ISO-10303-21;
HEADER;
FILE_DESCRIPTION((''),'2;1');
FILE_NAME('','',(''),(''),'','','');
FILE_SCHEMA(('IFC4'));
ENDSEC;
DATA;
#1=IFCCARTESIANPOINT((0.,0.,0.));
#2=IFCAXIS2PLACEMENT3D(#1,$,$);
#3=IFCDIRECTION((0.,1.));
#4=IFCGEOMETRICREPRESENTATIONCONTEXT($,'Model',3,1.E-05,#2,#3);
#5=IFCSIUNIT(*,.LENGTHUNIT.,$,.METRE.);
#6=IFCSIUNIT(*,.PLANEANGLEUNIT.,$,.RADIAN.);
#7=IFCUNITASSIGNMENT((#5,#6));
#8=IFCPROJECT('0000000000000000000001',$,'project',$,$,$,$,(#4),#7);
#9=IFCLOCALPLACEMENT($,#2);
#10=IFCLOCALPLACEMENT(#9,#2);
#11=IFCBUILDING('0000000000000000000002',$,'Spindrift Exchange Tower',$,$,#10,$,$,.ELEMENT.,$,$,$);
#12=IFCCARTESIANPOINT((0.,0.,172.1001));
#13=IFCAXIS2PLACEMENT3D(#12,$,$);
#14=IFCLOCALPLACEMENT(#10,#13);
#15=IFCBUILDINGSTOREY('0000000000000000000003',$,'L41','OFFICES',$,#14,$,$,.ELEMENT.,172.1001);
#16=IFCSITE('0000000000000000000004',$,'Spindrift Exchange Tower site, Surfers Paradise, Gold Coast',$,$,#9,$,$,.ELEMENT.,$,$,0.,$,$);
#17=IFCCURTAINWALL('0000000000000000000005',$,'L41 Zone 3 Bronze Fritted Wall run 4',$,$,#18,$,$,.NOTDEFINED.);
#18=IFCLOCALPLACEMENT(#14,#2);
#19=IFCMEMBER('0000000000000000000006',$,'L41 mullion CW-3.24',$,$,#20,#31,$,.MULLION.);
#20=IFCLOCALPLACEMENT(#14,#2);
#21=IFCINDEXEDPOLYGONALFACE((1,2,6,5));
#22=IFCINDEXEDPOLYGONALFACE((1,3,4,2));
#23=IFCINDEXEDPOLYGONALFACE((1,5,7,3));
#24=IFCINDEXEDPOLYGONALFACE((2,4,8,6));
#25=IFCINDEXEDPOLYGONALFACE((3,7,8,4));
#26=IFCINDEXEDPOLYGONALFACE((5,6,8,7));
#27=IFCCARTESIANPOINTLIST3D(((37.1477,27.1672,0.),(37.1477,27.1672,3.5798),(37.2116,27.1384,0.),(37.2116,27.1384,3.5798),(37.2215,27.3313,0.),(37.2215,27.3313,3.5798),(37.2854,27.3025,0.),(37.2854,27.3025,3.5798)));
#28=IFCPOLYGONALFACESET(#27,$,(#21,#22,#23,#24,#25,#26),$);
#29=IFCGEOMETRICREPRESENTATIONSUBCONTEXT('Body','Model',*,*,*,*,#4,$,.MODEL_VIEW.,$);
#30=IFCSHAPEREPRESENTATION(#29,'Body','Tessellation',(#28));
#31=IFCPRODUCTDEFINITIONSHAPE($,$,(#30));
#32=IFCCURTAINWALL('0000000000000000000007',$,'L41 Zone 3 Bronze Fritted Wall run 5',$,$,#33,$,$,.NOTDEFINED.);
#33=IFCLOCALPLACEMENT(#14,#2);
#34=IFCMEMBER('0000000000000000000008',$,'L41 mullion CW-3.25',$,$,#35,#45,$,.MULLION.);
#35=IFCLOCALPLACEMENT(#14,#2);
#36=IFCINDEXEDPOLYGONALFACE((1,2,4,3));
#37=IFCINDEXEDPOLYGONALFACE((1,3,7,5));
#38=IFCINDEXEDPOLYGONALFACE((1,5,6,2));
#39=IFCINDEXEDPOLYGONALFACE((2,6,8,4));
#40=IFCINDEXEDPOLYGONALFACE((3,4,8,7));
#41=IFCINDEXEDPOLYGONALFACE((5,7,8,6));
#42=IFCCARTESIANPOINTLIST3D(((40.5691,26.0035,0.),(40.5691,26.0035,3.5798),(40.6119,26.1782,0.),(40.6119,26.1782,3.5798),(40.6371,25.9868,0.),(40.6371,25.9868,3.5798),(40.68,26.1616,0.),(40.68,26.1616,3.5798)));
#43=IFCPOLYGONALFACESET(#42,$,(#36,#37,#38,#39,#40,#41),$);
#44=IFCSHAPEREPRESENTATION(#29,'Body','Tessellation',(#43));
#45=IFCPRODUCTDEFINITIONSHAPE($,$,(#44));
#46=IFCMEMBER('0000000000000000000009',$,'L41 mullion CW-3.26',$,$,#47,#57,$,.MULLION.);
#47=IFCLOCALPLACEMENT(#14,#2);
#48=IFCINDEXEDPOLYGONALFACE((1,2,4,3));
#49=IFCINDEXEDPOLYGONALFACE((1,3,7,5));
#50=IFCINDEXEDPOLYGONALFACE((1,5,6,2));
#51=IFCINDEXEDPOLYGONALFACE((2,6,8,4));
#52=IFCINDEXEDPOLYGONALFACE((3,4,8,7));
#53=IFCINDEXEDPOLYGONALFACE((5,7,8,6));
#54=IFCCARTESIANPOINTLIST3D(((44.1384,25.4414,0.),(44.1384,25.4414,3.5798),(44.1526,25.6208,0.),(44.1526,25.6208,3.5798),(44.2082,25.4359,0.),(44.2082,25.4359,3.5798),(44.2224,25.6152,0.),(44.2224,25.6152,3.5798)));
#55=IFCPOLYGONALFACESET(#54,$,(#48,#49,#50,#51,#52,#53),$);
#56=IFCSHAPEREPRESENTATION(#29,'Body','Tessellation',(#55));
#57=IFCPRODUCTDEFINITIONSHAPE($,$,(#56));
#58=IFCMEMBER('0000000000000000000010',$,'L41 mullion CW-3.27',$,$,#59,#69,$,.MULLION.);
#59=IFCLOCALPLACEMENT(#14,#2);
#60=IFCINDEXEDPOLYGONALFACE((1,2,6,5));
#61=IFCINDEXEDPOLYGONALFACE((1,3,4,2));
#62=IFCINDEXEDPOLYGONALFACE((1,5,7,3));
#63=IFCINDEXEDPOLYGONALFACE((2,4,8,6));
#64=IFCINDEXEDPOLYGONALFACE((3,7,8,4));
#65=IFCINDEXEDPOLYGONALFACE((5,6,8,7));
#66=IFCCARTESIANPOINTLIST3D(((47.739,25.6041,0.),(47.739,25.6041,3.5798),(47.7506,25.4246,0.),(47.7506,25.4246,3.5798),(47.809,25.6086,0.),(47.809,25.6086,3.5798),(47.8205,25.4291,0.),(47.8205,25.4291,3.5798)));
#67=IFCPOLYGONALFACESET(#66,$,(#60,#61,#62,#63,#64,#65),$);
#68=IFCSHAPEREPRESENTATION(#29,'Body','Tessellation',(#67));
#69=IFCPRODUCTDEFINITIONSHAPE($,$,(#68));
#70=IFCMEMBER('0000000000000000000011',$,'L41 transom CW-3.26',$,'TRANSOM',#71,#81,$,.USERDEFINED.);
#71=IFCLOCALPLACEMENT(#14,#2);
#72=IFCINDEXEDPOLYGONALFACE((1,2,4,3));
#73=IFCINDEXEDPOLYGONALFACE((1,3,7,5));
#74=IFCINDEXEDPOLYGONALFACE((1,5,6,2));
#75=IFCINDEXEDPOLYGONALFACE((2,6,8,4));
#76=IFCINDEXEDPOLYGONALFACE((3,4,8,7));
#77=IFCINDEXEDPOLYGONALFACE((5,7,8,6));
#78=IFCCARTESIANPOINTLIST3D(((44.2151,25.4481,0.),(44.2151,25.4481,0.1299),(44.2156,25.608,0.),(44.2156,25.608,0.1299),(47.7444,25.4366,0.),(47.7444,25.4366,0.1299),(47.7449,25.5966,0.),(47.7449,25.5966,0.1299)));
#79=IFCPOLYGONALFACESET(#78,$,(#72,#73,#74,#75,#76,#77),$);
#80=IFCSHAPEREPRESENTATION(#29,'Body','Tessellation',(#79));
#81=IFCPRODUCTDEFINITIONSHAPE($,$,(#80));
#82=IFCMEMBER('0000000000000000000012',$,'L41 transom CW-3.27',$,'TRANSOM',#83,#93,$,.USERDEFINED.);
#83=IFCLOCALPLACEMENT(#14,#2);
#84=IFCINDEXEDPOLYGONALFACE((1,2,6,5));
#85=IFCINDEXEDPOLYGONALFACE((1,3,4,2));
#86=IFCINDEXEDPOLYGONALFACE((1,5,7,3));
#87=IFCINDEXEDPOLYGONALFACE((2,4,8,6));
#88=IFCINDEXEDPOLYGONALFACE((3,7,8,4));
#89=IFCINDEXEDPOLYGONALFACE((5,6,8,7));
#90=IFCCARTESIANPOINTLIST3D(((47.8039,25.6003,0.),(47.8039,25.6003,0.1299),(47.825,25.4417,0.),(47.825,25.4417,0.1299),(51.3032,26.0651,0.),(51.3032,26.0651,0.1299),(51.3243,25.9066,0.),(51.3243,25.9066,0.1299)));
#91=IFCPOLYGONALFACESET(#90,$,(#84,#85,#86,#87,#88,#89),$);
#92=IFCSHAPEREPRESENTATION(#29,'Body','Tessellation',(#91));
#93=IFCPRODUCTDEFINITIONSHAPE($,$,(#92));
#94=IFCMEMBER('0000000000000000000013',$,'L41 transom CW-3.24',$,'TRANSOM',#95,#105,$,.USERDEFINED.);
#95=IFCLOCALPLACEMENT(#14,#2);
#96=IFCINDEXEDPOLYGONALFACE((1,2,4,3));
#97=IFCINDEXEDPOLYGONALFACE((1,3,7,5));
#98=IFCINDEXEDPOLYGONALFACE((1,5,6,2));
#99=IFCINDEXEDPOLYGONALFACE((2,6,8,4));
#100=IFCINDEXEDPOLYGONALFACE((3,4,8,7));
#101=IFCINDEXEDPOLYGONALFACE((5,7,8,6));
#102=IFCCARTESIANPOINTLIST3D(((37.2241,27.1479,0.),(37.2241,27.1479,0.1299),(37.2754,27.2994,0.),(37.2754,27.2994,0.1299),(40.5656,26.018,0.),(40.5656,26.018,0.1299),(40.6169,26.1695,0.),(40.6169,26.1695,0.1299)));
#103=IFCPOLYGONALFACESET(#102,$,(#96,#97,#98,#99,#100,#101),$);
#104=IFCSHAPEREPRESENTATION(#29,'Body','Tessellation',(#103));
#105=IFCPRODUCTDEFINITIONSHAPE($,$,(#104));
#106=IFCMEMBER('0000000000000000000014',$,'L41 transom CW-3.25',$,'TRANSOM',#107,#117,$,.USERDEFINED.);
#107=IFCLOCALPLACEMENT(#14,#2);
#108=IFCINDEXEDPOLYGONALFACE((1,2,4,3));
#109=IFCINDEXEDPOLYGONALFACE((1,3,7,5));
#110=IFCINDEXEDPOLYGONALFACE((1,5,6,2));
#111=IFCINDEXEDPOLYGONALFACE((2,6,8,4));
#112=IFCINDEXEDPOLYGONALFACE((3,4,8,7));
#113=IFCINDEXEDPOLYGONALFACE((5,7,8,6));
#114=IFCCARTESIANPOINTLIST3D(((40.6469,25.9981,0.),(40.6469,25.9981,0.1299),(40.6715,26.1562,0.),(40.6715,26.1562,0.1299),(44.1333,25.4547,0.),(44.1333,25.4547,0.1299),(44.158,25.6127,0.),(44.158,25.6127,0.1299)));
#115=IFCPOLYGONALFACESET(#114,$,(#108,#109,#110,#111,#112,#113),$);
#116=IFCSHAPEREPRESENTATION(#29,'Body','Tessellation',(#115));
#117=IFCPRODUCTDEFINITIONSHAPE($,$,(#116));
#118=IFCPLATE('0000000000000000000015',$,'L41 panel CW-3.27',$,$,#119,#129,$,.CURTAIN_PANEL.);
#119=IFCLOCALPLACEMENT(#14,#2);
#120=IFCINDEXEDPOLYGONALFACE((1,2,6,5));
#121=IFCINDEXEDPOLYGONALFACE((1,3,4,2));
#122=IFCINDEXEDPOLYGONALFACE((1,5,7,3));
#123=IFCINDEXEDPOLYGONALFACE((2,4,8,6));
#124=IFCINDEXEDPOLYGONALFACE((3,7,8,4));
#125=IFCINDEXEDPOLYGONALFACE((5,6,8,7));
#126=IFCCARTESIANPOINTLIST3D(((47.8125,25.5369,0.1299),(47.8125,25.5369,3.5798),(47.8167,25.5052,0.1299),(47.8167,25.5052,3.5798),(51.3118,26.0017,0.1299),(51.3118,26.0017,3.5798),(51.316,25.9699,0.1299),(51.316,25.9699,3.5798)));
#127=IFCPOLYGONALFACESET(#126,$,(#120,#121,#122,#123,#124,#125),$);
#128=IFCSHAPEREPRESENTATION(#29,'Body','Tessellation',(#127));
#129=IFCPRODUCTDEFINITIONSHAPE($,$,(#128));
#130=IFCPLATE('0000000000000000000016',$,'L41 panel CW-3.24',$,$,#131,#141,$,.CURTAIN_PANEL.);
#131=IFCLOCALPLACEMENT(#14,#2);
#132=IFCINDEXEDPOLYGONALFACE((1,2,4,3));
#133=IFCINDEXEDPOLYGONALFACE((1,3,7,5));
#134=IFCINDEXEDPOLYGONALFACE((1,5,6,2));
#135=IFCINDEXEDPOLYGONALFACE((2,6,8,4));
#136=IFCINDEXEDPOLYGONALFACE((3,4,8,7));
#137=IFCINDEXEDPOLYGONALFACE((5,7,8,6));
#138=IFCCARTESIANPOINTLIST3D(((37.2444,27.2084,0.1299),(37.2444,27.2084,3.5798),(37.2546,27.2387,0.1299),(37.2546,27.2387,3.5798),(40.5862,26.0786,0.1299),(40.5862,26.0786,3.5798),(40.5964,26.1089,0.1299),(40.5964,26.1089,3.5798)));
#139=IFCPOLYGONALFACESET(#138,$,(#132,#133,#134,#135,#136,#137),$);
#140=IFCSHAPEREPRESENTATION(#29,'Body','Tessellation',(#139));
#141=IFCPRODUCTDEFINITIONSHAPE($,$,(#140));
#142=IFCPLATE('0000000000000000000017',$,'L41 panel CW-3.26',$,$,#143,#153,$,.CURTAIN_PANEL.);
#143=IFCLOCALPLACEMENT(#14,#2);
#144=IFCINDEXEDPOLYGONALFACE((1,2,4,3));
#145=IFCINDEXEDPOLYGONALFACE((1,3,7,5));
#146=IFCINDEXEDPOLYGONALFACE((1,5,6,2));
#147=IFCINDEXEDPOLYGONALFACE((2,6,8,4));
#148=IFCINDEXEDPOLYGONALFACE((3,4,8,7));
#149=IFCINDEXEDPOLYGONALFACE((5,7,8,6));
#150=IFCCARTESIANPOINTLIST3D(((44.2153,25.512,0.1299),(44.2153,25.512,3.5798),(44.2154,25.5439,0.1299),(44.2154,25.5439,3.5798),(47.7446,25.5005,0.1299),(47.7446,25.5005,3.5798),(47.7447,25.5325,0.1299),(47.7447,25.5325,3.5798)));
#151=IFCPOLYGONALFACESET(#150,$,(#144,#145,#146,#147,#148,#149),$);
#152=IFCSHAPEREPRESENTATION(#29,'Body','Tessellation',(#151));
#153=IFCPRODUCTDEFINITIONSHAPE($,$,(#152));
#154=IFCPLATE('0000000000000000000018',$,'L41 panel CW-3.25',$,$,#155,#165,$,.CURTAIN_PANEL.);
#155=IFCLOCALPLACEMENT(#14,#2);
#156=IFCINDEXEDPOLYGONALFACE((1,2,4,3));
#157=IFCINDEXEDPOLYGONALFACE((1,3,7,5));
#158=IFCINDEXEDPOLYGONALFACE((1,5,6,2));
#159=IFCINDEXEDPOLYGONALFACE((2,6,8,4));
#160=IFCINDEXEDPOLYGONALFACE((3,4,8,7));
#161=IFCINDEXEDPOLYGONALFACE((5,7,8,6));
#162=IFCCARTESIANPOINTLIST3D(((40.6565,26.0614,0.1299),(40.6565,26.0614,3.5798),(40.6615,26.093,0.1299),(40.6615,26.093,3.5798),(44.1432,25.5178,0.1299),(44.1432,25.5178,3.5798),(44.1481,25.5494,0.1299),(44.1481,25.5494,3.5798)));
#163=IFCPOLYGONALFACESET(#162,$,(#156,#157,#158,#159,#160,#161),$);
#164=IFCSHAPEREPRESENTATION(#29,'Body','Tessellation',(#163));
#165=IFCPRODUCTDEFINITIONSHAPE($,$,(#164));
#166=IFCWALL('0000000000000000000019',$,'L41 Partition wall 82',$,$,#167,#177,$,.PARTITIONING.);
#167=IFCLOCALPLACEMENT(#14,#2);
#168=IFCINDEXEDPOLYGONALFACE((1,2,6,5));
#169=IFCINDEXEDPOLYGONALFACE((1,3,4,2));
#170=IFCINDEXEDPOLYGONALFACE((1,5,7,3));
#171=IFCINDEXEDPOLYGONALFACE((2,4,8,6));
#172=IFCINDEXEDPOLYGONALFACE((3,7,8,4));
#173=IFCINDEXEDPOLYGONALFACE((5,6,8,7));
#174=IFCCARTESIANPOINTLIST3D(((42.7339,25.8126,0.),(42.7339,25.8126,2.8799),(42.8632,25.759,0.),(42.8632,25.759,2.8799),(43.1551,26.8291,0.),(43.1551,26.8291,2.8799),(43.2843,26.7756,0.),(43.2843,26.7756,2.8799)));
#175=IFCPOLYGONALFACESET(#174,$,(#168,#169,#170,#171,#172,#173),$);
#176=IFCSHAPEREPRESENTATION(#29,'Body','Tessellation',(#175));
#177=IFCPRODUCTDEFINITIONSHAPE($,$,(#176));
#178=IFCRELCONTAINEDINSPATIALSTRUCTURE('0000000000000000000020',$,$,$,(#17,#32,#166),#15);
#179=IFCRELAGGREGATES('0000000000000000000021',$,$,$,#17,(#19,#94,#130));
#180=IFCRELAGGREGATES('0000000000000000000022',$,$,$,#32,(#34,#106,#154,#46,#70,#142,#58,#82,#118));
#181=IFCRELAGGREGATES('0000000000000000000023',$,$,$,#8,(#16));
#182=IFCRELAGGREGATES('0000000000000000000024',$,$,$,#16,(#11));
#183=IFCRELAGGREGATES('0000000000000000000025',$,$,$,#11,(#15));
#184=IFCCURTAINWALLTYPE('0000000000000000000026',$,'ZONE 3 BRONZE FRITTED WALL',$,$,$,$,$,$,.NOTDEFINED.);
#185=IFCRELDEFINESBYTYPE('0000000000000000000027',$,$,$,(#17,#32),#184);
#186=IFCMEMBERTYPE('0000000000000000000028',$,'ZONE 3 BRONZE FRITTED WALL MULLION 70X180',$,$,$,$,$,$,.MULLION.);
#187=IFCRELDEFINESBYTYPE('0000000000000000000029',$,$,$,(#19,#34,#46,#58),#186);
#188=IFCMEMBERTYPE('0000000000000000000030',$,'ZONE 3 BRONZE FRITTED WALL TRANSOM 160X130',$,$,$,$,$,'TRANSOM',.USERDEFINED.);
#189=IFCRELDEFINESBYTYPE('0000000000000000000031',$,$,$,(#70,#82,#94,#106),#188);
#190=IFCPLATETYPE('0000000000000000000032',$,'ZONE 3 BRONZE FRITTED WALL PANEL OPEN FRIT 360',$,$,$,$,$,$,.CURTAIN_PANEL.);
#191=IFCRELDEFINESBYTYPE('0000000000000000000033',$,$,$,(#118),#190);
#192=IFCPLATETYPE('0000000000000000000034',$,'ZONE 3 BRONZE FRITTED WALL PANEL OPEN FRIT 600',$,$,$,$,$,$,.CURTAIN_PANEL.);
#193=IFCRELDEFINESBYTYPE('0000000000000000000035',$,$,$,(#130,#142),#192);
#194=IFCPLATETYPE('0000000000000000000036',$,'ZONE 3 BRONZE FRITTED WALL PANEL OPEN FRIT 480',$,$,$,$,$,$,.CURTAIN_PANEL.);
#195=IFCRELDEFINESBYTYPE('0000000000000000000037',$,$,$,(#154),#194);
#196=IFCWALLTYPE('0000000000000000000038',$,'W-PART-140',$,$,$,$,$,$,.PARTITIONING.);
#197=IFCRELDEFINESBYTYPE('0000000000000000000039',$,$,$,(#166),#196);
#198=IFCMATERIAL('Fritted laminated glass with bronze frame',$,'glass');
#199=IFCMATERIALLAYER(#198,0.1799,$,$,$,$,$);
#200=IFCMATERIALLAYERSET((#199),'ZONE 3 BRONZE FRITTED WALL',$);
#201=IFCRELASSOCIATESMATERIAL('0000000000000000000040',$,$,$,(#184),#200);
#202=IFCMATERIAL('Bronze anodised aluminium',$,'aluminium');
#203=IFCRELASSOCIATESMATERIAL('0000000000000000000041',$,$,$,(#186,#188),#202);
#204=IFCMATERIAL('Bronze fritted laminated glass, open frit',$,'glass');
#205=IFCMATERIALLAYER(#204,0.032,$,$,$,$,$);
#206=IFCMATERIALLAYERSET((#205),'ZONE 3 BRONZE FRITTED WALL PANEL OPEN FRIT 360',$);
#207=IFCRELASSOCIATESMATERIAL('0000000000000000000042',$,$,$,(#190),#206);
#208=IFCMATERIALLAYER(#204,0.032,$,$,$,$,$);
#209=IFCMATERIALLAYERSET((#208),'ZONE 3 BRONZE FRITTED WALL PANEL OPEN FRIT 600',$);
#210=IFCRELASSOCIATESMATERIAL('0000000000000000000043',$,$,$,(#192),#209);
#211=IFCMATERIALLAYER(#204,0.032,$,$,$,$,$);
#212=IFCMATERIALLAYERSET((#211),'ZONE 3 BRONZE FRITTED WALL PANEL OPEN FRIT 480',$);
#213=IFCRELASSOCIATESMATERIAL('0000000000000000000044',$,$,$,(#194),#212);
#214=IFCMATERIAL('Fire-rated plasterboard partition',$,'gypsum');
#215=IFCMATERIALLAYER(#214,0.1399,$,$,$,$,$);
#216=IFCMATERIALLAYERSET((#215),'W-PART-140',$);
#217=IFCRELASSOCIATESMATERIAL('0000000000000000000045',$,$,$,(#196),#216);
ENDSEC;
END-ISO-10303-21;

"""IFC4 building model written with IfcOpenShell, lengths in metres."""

from ifc_helpers import new_model, si_unit, direction, frame, frame_2d, origin, origin_2d, place, context, subcontext, project, spatial, rectangle, extrude, source, transform, mapped, material, layer, layer_set, material_profile, profile_set, type_object, element, aggregate, save


model = new_model("IFC4")

# Units and contexts
model_context = context("Model", 3, precision=1e-05, world=origin(), true_north=direction((0.0, 1.0)))
body_context = subcontext(model_context, "Body", "Model", "MODEL_VIEW")
ifc_project = project(units=[si_unit("LENGTHUNIT", "METRE"), si_unit("PLANEANGLEUNIT", "RADIAN")], contexts=[model_context])

# Site, building, storey
site_placement = place(None, origin())
site = spatial("IfcSite", under=ifc_project, at=site_placement, Name="Spindrift Exchange Tower site, Surfers Paradise, Gold Coast", CompositionType="ELEMENT", RefElevation=0.0)
building_placement = place(site_placement, origin())
building = spatial("IfcBuilding", under=site, at=building_placement, Name="Spindrift Exchange Tower", CompositionType="ELEMENT")
storey_placement = place(building_placement, frame((0.0, 0.0, 172.1001)))
storey = spatial("IfcBuildingStorey", under=building, at=storey_placement, Name="L41", Description="OFFICES", CompositionType="ELEMENT", Elevation=172.1001)

# Curtain wall, member
ifc_material_1 = material(Name="Fritted laminated glass with bronze frame", Category="glass")
ifc_layer_1 = layer(ifc_material_1, 0.1799)
ifc_layer_set_1 = layer_set([ifc_layer_1], Name="ZONE 3 BRONZE FRITTED WALL")
curtain_wall_type = type_object("IfcCurtainWallType", Name="ZONE 3 BRONZE FRITTED WALL", PredefinedType="NOTDEFINED", material=ifc_layer_set_1)
curtain_wall_1_placement = place(storey_placement, origin())
curtain_wall_1 = element("IfcCurtainWall", 1, at=curtain_wall_1_placement, inside=storey, type_object=curtain_wall_type, Name="L41 Zone 3 Bronze Fritted Wall run 4", PredefinedType="NOTDEFINED")
ifc_material_2 = material(Name="Bronze anodised aluminium", Category="aluminium")
ifc_material_profile_1 = material_profile(ifc_material_2, rectangle(XDim=0.0701, YDim=0.1799, at=origin_2d()), Name="ZONE 3 BRONZE FRITTED WALL MULLION 70X180")
ifc_profile_set_1 = profile_set([ifc_material_profile_1], Name="Bronze anodised aluminium")
member_type_1 = type_object("IfcMemberType", Name="ZONE 3 BRONZE FRITTED WALL MULLION 70X180", PredefinedType="MULLION", material=ifc_profile_set_1)
shared_shape_1 = source(origin(), body_context, "Body", "SweptSolid", [
    extrude(rectangle(XDim=0.0701, YDim=0.1799, at=origin_2d()), origin(), (0.0, 0.0, 1.0), 3.5798),
])
member_1_placement = place(storey_placement, frame((37.2166, 27.2349, 0.0), z_axis=(0.0, 0.0, 1.0), x_axis=(0.911952, -0.410297, 0.0)))
member_1 = element("IfcMember", 2, at=member_1_placement, type_object=member_type_1, Name="L41 mullion CW-3.24", PredefinedType="MULLION", context=body_context, shape_type="MappedRepresentation", body=[
    mapped(shared_shape_1, transform((0.0, 0.0, 0.0), scale=1.0)),
])

# Curtain wall, members
curtain_wall_2_placement = place(storey_placement, origin())
curtain_wall_2 = element("IfcCurtainWall", 3, at=curtain_wall_2_placement, inside=storey, type_object=curtain_wall_type, Name="L41 Zone 3 Bronze Fritted Wall run 5", PredefinedType="NOTDEFINED")
member_2_placement = place(storey_placement, frame((40.6245, 26.0825, 0.0), z_axis=(0.0, 0.0, 1.0), x_axis=(0.971256, -0.238039, 0.0)))
member_2 = element("IfcMember", 4, at=member_2_placement, type_object=member_type_1, Name="L41 mullion CW-3.25", PredefinedType="MULLION", context=body_context, shape_type="MappedRepresentation", body=[
    mapped(shared_shape_1, transform((0.0, 0.0, 0.0), scale=1.0)),
])
member_3_placement = place(storey_placement, frame((44.1804, 25.5283, 0.0), z_axis=(0.0, 0.0, 1.0), x_axis=(0.996884, -0.078878, 0.0)))
member_3 = element("IfcMember", 5, at=member_3_placement, type_object=member_type_1, Name="L41 mullion CW-3.26", PredefinedType="MULLION", context=body_context, shape_type="MappedRepresentation", body=[
    mapped(shared_shape_1, transform((0.0, 0.0, 0.0), scale=1.0)),
])
member_4_placement = place(storey_placement, frame((47.7798, 25.5166, 0.0), z_axis=(0.0, 0.0, 1.0), x_axis=(0.997927, 0.064353, 0.0)))
member_4 = element("IfcMember", 6, at=member_4_placement, type_object=member_type_1, Name="L41 mullion CW-3.27", PredefinedType="MULLION", context=body_context, shape_type="MappedRepresentation", body=[
    mapped(shared_shape_1, transform((0.0, 0.0, 0.0), scale=1.0)),
])
ifc_material_profile_2 = material_profile(ifc_material_2, rectangle(XDim=0.1599, YDim=0.1299, at=origin_2d()), Name="ZONE 3 BRONZE FRITTED WALL TRANSOM 160X130")
ifc_profile_set_2 = profile_set([ifc_material_profile_2], Name="Bronze anodised aluminium")
member_type_2 = type_object("IfcMemberType", Name="ZONE 3 BRONZE FRITTED WALL TRANSOM 160X130", ElementType="TRANSOM", PredefinedType="USERDEFINED", material=ifc_profile_set_2)
shared_shape_2 = source(origin(), body_context, "Body", "SweptSolid", [
    extrude(rectangle(XDim=0.1599, YDim=0.1299, at=origin_2d()), origin(), (0.0, 0.0, 1.0), 3.5293),
])
member_5_placement = place(storey_placement, frame((44.2153, 25.5281, 0.0649), z_axis=(0.999995, -0.003251, 0.0), x_axis=(0.003251, 0.999995, 0.0)))
member_5 = element("IfcMember", 7, at=member_5_placement, type_object=member_type_2, Name="L41 transom CW-3.26", ObjectType="TRANSOM", PredefinedType="USERDEFINED", context=body_context, shape_type="MappedRepresentation", body=[
    mapped(shared_shape_2, transform((0.0, 0.0, 0.0), scale=1.0)),
])
shared_shape_3 = source(origin(), body_context, "Body", "SweptSolid", [
    extrude(rectangle(XDim=0.1599, YDim=0.1299, at=origin_2d()), origin(), (0.0, 0.0, 1.0), 3.53),
])
member_6_placement = place(storey_placement, frame((47.8145, 25.521, 0.0649), z_axis=(0.991292, 0.131684, 0.0), x_axis=(-0.131684, 0.991292, 0.0)))
member_6 = element("IfcMember", 8, at=member_6_placement, type_object=member_type_2, Name="L41 transom CW-3.27", ObjectType="TRANSOM", PredefinedType="USERDEFINED", context=body_context, shape_type="MappedRepresentation", body=[
    mapped(shared_shape_3, transform((0.0, 0.0, 0.0), scale=1.0)),
])

# Members
shared_shape_4 = source(origin(), body_context, "Body", "SweptSolid", [
    extrude(rectangle(XDim=0.1599, YDim=0.1299, at=origin_2d()), origin(), (0.0, 0.0, 1.0), 3.5273),
])
member_7_placement = place(storey_placement, frame((37.2498, 27.2236, 0.0649), z_axis=(0.947311, -0.320315, 0.0), x_axis=(0.320315, 0.947311, 0.0)))
member_7 = element("IfcMember", 9, at=member_7_placement, type_object=member_type_2, Name="L41 transom CW-3.24", ObjectType="TRANSOM", PredefinedType="USERDEFINED", context=body_context, shape_type="MappedRepresentation", body=[
    mapped(shared_shape_4, transform((0.0, 0.0, 0.0), scale=1.0)),
])
shared_shape_5 = source(origin(), body_context, "Body", "SweptSolid", [
    extrude(rectangle(XDim=0.1599, YDim=0.1299, at=origin_2d()), origin(), (0.0, 0.0, 1.0), 3.5286),
])
member_8_placement = place(storey_placement, frame((40.6592, 26.0771, 0.0649), z_axis=(0.988069, -0.154012, 0.0), x_axis=(0.154012, 0.988069, 0.0)))
member_8 = element("IfcMember", 10, at=member_8_placement, type_object=member_type_2, Name="L41 transom CW-3.25", ObjectType="TRANSOM", PredefinedType="USERDEFINED", context=body_context, shape_type="MappedRepresentation", body=[
    mapped(shared_shape_5, transform((0.0, 0.0, 0.0), scale=1.0)),
])

# Plates
ifc_material_3 = material(Name="Bronze fritted laminated glass, open frit", Category="glass")
ifc_layer_2 = layer(ifc_material_3, 0.032)
ifc_layer_set_2 = layer_set([ifc_layer_2], Name="ZONE 3 BRONZE FRITTED WALL PANEL OPEN FRIT 360")
plate_type_1 = type_object("IfcPlateType", Name="ZONE 3 BRONZE FRITTED WALL PANEL OPEN FRIT 360", PredefinedType="CURTAIN_PANEL", material=ifc_layer_set_2)
shared_shape_6 = source(origin(), body_context, "Body", "SweptSolid", [
    extrude(rectangle(XDim=3.53, YDim=0.032, at=origin_2d()), origin(), (0.0, 0.0, 1.0), 3.45),
])
plate_1_placement = place(storey_placement, frame((49.5642, 25.7534, 0.1299), z_axis=(0.0, 0.0, 1.0), x_axis=(0.991295, 0.131661, 0.0)))
plate_1 = element("IfcPlate", 11, at=plate_1_placement, type_object=plate_type_1, Name="L41 panel CW-3.27", PredefinedType="CURTAIN_PANEL", context=body_context, shape_type="MappedRepresentation", body=[
    mapped(shared_shape_6, transform((0.0, 0.0, 0.0), scale=1.0)),
])
ifc_layer_3 = layer(ifc_material_3, 0.032)
ifc_layer_set_3 = layer_set([ifc_layer_3], Name="ZONE 3 BRONZE FRITTED WALL PANEL OPEN FRIT 600")
plate_type_2 = type_object("IfcPlateType", Name="ZONE 3 BRONZE FRITTED WALL PANEL OPEN FRIT 600", PredefinedType="CURTAIN_PANEL", material=ifc_layer_set_3)
shared_shape_7 = source(origin(), body_context, "Body", "SweptSolid", [
    extrude(rectangle(XDim=3.5276, YDim=0.032, at=origin_2d()), origin(), (0.0, 0.0, 1.0), 3.45),
])
plate_2_placement = place(storey_placement, frame((38.9204, 26.6587, 0.1299), z_axis=(0.0, 0.0, 1.0), x_axis=(0.947324, -0.320277, 0.0)))
plate_2 = element("IfcPlate", 12, at=plate_2_placement, type_object=plate_type_2, Name="L41 panel CW-3.24", PredefinedType="CURTAIN_PANEL", context=body_context, shape_type="MappedRepresentation", body=[
    mapped(shared_shape_7, transform((0.0, 0.0, 0.0), scale=1.0)),
])
aggregate(curtain_wall_1, [member_1, member_7, plate_2])
shared_shape_8 = source(origin(), body_context, "Body", "SweptSolid", [
    extrude(rectangle(XDim=3.5293, YDim=0.032, at=origin_2d()), origin(), (0.0, 0.0, 1.0), 3.45),
])
plate_3_placement = place(storey_placement, frame((45.98, 25.5222, 0.1299), z_axis=(0.0, 0.0, 1.0), x_axis=(0.999995, -0.00325, 0.0)))
plate_3 = element("IfcPlate", 13, at=plate_3_placement, type_object=plate_type_2, Name="L41 panel CW-3.26", PredefinedType="CURTAIN_PANEL", context=body_context, shape_type="MappedRepresentation", body=[
    mapped(shared_shape_8, transform((0.0, 0.0, 0.0), scale=1.0)),
])
ifc_layer_4 = layer(ifc_material_3, 0.032)
ifc_layer_set_4 = layer_set([ifc_layer_4], Name="ZONE 3 BRONZE FRITTED WALL PANEL OPEN FRIT 480")
plate_type_3 = type_object("IfcPlateType", Name="ZONE 3 BRONZE FRITTED WALL PANEL OPEN FRIT 480", PredefinedType="CURTAIN_PANEL", material=ifc_layer_set_4)
shared_shape_9 = source(origin(), body_context, "Body", "SweptSolid", [
    extrude(rectangle(XDim=3.5288, YDim=0.032, at=origin_2d()), origin(), (0.0, 0.0, 1.0), 3.45),
])
plate_4_placement = place(storey_placement, frame((42.4023, 25.8054, 0.1299), z_axis=(0.0, 0.0, 1.0), x_axis=(0.988063, -0.154053, 0.0)))
plate_4 = element("IfcPlate", 14, at=plate_4_placement, type_object=plate_type_3, Name="L41 panel CW-3.25", PredefinedType="CURTAIN_PANEL", context=body_context, shape_type="MappedRepresentation", body=[
    mapped(shared_shape_9, transform((0.0, 0.0, 0.0), scale=1.0)),
])
aggregate(curtain_wall_2, [member_2, member_8, plate_4, member_3, member_5, plate_3, member_4, member_6, plate_1])

# Wall
ifc_material_4 = material(Name="Fire-rated plasterboard partition", Category="gypsum")
ifc_layer_5 = layer(ifc_material_4, 0.1399)
ifc_layer_set_5 = layer_set([ifc_layer_5], Name="W-PART-140")
wall_type = type_object("IfcWallType", Name="W-PART-140", PredefinedType="PARTITIONING", material=ifc_layer_set_5)
wall_placement = place(storey_placement, frame((43.2197, 26.8025, 0.0), z_axis=(0.0, 0.0, 1.0), x_axis=(-0.382724, -0.923863, 0.0)))
element("IfcWall", 15, at=wall_placement, inside=storey, type_object=wall_type, Name="L41 Partition wall 82", PredefinedType="PARTITIONING", context=body_context, shape_type="SweptSolid", body=[
    extrude(rectangle(XDim=1.1003, YDim=0.1399, at=frame_2d((0.5503, 0.0))), origin(), (0.0, 0.0, 1.0), 2.8799),
])

save(model, "model.ifc")
